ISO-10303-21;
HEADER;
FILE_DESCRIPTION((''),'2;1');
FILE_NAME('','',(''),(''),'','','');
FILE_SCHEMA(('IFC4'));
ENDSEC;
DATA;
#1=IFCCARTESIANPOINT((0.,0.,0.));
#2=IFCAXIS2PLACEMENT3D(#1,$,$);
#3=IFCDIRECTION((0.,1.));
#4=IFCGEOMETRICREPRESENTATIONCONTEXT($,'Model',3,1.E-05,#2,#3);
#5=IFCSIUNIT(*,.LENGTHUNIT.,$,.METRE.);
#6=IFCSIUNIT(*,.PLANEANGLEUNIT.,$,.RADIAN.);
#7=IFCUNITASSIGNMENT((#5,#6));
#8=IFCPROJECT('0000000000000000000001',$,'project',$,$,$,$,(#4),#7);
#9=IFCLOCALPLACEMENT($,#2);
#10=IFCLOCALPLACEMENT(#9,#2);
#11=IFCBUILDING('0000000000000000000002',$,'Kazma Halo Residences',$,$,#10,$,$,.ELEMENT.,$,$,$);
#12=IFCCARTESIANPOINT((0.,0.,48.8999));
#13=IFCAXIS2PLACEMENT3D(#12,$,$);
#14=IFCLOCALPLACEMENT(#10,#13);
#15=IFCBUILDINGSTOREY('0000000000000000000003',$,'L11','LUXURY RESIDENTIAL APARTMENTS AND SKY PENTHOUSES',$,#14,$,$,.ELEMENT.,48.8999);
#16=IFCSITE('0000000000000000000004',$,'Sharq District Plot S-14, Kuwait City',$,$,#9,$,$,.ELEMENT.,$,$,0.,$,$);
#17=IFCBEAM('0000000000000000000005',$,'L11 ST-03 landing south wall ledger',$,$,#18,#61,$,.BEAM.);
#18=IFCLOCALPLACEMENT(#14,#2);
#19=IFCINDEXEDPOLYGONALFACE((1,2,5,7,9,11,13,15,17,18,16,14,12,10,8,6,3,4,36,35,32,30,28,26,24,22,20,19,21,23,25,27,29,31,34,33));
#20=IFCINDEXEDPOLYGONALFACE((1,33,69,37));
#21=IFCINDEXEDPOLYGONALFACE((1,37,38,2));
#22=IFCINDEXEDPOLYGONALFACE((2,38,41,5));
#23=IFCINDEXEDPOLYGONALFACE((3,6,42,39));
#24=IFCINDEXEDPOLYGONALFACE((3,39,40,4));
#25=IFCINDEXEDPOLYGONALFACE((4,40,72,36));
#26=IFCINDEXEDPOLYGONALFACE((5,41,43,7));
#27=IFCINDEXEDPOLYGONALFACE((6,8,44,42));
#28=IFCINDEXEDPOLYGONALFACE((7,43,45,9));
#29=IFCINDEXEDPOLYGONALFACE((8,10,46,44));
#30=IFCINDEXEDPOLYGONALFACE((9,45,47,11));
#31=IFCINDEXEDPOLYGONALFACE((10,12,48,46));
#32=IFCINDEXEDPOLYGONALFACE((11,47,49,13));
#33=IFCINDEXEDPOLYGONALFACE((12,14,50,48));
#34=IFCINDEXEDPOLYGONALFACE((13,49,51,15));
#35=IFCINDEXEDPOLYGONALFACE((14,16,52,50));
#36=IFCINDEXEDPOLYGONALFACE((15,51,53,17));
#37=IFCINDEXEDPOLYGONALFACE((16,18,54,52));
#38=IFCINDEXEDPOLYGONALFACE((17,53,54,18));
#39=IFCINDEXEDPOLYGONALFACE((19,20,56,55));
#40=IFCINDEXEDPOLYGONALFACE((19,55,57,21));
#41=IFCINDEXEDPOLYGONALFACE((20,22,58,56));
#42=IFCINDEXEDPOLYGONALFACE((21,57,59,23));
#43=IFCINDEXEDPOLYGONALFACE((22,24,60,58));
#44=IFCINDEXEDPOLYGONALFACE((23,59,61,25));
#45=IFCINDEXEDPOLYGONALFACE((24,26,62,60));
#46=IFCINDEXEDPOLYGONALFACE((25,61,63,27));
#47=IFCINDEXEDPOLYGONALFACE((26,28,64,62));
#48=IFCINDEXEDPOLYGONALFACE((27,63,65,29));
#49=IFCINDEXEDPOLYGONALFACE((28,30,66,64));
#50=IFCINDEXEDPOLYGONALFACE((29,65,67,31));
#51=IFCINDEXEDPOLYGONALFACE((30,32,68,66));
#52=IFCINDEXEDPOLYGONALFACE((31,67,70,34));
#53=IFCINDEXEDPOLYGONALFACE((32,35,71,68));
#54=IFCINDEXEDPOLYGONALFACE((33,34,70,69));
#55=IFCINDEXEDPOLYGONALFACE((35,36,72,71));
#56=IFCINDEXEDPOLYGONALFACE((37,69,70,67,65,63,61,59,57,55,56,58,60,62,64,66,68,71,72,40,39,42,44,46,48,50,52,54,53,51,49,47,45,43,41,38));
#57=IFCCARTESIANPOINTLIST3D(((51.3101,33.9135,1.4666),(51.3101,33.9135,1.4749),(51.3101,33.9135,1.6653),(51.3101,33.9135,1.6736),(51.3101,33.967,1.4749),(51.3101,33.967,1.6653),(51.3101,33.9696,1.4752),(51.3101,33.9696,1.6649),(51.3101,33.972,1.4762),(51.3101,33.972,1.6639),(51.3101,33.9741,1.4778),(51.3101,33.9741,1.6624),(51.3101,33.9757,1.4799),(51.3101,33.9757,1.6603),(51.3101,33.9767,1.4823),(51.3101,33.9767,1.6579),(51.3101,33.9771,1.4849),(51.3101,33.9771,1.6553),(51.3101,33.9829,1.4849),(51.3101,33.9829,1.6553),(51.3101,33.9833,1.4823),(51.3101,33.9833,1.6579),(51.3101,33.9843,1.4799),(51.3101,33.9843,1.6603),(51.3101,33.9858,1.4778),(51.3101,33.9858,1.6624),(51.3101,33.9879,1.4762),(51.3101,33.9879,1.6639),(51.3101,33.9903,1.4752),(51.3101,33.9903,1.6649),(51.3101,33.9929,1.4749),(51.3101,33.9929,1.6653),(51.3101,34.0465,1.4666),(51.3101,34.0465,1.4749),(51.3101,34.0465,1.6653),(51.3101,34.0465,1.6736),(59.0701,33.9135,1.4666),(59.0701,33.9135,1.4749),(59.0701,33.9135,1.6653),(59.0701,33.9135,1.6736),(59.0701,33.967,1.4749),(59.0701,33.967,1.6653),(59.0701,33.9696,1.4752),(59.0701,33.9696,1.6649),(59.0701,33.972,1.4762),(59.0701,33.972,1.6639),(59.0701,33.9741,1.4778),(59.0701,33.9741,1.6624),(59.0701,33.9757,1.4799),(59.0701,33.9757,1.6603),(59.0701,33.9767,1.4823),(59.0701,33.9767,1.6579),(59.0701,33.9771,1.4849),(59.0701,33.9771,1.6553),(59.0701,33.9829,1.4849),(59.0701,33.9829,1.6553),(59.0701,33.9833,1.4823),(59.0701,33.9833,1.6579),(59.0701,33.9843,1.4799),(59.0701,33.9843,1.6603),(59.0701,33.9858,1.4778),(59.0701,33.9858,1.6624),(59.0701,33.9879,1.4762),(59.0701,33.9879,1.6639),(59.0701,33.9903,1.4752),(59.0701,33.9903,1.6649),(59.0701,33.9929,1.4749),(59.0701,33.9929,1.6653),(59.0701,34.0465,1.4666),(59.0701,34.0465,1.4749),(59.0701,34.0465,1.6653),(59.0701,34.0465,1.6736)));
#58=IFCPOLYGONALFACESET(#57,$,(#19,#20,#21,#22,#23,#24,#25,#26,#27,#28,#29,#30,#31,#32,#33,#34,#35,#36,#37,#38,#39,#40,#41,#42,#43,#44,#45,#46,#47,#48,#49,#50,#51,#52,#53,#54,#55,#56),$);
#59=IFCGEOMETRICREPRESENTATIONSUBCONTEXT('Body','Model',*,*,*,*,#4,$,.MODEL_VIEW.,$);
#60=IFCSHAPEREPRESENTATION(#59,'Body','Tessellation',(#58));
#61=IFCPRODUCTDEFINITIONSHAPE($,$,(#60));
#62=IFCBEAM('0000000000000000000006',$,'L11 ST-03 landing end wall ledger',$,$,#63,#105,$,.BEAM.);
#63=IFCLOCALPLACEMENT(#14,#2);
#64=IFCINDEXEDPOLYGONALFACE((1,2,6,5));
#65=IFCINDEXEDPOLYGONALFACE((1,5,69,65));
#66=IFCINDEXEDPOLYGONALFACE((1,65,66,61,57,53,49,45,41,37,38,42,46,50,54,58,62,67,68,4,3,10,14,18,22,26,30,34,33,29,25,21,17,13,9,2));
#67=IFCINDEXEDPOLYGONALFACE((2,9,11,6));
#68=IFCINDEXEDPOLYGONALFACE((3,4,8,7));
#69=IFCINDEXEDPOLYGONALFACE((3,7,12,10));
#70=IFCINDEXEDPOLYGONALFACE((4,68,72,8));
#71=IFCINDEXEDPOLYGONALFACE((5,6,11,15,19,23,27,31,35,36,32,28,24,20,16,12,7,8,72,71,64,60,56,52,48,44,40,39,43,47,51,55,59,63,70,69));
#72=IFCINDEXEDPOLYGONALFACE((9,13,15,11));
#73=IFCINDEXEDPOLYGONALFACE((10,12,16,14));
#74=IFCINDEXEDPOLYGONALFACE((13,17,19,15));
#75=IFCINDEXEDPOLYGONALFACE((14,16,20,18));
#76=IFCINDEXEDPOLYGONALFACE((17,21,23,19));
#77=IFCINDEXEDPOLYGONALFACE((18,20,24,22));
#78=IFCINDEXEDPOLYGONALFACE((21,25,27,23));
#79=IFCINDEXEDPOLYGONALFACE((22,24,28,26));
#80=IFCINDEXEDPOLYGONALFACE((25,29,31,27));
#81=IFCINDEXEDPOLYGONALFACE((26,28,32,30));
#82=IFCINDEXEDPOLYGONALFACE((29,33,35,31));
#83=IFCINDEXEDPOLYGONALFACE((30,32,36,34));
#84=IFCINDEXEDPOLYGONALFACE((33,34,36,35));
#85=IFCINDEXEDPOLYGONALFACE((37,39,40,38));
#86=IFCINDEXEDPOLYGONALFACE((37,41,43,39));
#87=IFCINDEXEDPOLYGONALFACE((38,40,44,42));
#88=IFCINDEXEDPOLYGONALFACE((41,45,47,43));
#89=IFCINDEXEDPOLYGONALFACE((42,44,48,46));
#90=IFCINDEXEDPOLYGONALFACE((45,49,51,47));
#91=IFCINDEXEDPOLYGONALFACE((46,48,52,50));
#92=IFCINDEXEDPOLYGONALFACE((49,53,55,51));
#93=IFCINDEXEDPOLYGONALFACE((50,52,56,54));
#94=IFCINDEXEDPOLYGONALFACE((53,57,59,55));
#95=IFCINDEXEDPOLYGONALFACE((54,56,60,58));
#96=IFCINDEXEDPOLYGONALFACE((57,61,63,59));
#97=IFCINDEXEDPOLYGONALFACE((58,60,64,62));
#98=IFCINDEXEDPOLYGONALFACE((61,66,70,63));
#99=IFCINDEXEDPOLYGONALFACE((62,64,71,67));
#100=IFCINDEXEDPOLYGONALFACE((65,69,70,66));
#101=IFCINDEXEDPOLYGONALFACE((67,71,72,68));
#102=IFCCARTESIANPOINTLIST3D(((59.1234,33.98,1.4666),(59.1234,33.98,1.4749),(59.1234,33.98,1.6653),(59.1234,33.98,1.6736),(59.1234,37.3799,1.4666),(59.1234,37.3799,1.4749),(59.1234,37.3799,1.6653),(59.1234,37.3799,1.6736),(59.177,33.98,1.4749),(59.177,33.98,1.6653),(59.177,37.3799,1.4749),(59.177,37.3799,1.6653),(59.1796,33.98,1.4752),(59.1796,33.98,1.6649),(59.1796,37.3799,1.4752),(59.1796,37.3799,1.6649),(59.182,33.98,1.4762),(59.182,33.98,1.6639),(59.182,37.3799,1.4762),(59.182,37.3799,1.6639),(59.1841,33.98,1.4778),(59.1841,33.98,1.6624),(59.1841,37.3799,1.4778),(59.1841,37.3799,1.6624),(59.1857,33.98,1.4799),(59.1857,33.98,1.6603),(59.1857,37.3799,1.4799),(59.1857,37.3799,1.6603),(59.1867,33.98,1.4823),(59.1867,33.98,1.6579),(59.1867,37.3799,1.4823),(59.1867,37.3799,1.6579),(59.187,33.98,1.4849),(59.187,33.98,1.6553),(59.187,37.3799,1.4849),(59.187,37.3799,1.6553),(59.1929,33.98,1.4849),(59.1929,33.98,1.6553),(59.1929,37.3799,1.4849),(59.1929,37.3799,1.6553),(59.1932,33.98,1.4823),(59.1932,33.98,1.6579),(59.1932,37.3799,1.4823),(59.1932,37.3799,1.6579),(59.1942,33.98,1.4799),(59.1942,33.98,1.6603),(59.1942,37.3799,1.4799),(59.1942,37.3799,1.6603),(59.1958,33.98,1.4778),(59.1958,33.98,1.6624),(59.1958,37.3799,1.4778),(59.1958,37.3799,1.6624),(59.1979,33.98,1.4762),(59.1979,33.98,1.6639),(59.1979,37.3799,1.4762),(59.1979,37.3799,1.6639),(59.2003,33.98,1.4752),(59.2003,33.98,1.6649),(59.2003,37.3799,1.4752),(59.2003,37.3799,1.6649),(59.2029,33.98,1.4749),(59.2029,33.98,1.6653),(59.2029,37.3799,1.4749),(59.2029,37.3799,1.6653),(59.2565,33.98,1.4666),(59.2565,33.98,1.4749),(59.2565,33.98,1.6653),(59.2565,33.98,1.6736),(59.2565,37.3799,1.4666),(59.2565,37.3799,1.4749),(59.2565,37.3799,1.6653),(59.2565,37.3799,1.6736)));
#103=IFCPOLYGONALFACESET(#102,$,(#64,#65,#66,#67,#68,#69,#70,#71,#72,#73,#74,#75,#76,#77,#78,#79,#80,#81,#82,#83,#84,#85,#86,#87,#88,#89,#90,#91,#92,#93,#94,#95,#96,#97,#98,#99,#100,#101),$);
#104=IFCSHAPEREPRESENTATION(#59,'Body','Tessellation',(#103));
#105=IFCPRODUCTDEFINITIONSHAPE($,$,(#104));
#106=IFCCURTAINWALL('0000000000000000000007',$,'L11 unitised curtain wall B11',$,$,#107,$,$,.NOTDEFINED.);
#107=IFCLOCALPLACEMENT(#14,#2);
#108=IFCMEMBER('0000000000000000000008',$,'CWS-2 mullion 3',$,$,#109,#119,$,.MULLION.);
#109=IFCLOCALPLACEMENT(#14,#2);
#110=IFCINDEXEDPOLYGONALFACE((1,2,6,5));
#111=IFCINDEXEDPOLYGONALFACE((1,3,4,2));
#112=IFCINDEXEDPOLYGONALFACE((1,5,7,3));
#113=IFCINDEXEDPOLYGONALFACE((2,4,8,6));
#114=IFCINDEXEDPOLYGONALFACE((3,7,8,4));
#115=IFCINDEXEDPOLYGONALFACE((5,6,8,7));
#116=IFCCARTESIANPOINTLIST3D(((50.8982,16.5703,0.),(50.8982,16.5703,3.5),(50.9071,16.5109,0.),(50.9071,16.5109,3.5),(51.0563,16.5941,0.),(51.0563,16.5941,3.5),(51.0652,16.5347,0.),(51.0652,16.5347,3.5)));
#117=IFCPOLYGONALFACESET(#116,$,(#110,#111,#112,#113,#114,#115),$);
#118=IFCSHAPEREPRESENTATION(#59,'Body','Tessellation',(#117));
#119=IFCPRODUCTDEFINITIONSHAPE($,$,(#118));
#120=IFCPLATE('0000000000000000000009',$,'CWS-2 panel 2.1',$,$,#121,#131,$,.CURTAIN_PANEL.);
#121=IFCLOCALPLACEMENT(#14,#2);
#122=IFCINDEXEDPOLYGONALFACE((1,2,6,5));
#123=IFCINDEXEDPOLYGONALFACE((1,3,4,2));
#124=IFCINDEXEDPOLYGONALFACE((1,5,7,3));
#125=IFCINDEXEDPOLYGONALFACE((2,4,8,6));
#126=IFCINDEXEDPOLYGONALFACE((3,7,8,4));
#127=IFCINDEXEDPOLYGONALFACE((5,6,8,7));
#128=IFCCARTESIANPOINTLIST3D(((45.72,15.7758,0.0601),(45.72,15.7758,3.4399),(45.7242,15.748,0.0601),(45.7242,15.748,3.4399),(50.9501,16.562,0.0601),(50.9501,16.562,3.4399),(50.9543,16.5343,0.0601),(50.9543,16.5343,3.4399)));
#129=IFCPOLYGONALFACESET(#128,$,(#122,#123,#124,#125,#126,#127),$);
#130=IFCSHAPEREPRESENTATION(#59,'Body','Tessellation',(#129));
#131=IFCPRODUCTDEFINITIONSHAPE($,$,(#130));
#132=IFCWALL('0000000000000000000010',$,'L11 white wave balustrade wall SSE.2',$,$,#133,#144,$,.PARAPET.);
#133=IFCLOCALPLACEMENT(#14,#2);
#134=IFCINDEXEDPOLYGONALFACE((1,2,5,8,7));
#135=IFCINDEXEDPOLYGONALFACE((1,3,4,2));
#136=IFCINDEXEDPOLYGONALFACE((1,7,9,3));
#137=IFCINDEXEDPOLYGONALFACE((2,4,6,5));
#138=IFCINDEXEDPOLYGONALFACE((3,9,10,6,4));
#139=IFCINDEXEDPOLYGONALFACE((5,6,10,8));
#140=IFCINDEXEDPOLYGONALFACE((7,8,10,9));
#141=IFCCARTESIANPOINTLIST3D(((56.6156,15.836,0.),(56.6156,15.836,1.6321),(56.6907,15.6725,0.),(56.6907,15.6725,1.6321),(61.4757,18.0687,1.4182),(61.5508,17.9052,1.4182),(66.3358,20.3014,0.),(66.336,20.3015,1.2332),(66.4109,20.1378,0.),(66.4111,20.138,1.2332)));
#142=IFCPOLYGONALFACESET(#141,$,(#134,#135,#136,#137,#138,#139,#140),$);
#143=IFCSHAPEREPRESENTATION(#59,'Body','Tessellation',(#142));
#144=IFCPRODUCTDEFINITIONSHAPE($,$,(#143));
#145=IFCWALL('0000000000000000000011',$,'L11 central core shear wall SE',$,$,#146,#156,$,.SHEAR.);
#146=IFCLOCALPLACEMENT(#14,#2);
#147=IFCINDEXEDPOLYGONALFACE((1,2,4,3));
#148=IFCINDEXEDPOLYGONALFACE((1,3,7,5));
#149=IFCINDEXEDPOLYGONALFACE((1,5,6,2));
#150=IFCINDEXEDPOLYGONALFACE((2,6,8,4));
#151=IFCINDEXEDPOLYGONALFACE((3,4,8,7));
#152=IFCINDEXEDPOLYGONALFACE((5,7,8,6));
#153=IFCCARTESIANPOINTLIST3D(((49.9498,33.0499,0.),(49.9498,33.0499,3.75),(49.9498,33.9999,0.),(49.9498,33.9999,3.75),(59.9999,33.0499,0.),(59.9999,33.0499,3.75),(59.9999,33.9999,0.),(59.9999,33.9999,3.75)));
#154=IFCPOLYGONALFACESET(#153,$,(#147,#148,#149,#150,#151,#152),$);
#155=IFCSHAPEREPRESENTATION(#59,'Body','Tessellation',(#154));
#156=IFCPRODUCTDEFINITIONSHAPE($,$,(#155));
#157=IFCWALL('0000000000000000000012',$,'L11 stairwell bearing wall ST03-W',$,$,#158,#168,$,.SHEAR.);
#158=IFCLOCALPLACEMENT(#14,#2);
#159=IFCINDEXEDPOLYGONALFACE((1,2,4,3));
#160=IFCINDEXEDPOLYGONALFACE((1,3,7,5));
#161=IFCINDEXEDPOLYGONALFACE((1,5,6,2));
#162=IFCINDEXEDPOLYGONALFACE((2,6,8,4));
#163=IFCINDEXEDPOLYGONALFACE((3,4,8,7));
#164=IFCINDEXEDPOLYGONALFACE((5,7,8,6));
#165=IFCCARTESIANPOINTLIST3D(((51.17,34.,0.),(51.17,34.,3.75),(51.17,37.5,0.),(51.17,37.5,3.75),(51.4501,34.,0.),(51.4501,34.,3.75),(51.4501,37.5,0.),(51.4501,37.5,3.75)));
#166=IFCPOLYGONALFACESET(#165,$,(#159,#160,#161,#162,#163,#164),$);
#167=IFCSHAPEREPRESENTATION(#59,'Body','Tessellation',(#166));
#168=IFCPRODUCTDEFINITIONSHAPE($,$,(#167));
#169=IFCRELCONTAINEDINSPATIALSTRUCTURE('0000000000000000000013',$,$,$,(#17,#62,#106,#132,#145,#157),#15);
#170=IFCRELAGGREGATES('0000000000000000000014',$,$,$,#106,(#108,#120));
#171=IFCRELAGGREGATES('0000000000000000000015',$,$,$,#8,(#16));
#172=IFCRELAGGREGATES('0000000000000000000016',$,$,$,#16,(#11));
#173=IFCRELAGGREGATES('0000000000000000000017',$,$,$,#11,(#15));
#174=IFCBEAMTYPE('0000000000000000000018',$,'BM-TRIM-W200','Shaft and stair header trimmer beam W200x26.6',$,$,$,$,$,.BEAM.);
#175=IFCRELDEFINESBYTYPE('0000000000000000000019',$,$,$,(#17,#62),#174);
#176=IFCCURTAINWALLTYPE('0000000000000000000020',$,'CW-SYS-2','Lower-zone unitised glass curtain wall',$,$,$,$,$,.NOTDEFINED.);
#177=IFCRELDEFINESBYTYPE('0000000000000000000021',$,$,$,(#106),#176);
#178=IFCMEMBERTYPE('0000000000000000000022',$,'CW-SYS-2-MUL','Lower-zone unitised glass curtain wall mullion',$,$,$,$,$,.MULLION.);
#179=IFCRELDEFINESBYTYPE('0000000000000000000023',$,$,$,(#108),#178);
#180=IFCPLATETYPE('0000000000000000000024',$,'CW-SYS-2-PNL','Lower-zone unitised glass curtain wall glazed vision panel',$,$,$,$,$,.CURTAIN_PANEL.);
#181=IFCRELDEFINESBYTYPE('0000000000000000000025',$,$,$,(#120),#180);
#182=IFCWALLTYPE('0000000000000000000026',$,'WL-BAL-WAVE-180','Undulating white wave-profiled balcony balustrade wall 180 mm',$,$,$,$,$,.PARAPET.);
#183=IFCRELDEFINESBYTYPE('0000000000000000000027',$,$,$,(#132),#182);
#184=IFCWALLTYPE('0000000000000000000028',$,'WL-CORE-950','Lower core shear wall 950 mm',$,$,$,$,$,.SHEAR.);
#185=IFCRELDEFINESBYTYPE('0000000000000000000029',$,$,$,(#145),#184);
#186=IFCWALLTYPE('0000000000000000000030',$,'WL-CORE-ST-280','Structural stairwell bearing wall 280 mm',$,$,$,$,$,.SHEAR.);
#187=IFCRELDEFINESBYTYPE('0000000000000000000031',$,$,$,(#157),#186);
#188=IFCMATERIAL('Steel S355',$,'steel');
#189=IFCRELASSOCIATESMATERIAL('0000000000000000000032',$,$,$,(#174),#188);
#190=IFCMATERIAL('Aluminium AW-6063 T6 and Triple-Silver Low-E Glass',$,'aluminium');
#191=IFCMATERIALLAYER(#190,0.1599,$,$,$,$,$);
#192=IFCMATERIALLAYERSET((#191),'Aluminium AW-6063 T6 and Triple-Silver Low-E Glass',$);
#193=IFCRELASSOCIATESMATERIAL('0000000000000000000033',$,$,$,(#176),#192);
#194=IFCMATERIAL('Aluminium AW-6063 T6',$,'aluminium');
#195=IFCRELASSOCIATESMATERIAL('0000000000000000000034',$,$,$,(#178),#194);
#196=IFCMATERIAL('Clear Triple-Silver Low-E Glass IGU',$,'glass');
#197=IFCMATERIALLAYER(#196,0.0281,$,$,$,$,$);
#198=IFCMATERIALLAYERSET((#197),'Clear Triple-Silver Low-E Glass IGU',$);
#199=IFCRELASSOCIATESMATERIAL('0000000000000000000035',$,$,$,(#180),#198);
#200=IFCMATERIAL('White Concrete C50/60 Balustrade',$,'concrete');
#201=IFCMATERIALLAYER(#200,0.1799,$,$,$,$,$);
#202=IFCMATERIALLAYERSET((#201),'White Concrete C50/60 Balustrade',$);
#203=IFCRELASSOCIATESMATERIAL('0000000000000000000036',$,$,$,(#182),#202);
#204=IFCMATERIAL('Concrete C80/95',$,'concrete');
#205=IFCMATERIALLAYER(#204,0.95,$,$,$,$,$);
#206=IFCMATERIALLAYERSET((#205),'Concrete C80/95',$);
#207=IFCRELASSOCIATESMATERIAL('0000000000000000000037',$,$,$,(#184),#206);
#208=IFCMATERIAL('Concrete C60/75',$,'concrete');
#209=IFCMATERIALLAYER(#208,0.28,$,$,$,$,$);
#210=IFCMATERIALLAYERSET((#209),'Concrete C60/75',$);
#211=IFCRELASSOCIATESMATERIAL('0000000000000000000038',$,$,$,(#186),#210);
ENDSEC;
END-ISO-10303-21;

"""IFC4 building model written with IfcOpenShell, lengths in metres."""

from ifc_helpers import new_model, si_unit, direction, frame, frame_2d, origin, origin_2d, place, context, subcontext, project, spatial, polyline, rectangle, i_section, outline, extrude, material, layer, layer_set, material_profile, profile_set, type_object, element, aggregate, save


model = new_model("IFC4")

# Units and contexts
model_context = context("Model", 3, precision=1e-05, world=origin(), true_north=direction((0.0, 1.0)))
body_context = subcontext(model_context, "Body", "Model", "MODEL_VIEW")
ifc_project = project(units=[si_unit("LENGTHUNIT", "METRE"), si_unit("PLANEANGLEUNIT", "RADIAN")], contexts=[model_context])

# Site, building, storey
site_placement = place(None, origin())
site = spatial("IfcSite", under=ifc_project, at=site_placement, Name="Sharq District Plot S-14, Kuwait City", CompositionType="ELEMENT", RefElevation=0.0)
building_placement = place(site_placement, origin())
building = spatial("IfcBuilding", under=site, at=building_placement, Name="Kazma Halo Residences", CompositionType="ELEMENT")
storey_placement = place(building_placement, frame((0.0, 0.0, 48.8999)))
storey = spatial("IfcBuildingStorey", under=building, at=storey_placement, Name="L11", Description="LUXURY RESIDENTIAL APARTMENTS AND SKY PENTHOUSES", CompositionType="ELEMENT", Elevation=48.8999)

# Shared definitions
ifc_material_1 = material(Name="Concrete C80/95", Category="concrete")

# Beams
ifc_material_2 = material(Name="Steel S355", Category="steel")
ifc_material_profile_1 = material_profile(ifc_material_2, i_section(OverallWidth=0.1331, OverallDepth=0.207, WebThickness=0.0059, FlangeThickness=0.0083, FilletRadius=0.01, at=origin_2d()), Name="W200x26.6")
ifc_profile_set_1 = profile_set([ifc_material_profile_1], Name="Steel S355")
beam_type_1 = type_object("IfcBeamType", Name="BM-TRIM-W200", Description="Shaft and stair header trimmer beam W200x26.6", PredefinedType="BEAM", material=ifc_profile_set_1)
beam_1_placement = place(storey_placement, frame((51.3101, 33.98, 1.5701), z_axis=(1.0, 0.0, 0.0), x_axis=(0.0, 1.0, 0.0)))
element("IfcBeam", 1, at=beam_1_placement, inside=storey, type_object=beam_type_1, Name="L11 ST-03 landing south wall ledger", PredefinedType="BEAM", context=body_context, shape_type="SweptSolid", body=[
    extrude(i_section(OverallWidth=0.1331, OverallDepth=0.207, WebThickness=0.0059, FlangeThickness=0.0083, FilletRadius=0.01, at=origin_2d()), origin(), (0.0, 0.0, 1.0), 7.76),
])
beam_2_placement = place(storey_placement, frame((59.1899, 33.98, 1.5701), z_axis=(0.0, 1.0, 0.0), x_axis=(-1.0, 0.0, 0.0)))
element("IfcBeam", 2, at=beam_2_placement, inside=storey, type_object=beam_type_1, Name="L11 ST-03 landing end wall ledger", PredefinedType="BEAM", context=body_context, shape_type="SweptSolid", body=[
    extrude(i_section(OverallWidth=0.1331, OverallDepth=0.207, WebThickness=0.0059, FlangeThickness=0.0083, FilletRadius=0.01, at=origin_2d()), origin(), (0.0, 0.0, 1.0), 3.3999),
])

# Curtain wall, member, plate
ifc_material_3 = material(Name="Aluminium AW-6063 T6 and Triple-Silver Low-E Glass", Category="aluminium")
ifc_layer_1 = layer(ifc_material_3, 0.1599)
ifc_layer_set_1 = layer_set([ifc_layer_1], Name="Aluminium AW-6063 T6 and Triple-Silver Low-E Glass")
curtain_wall_type = type_object("IfcCurtainWallType", Name="CW-SYS-2", Description="Lower-zone unitised glass curtain wall", PredefinedType="NOTDEFINED", material=ifc_layer_set_1)
curtain_wall_placement = place(storey_placement, origin())
curtain_wall = element("IfcCurtainWall", 3, at=curtain_wall_placement, inside=storey, type_object=curtain_wall_type, Name="L11 unitised curtain wall B11", PredefinedType="NOTDEFINED")
ifc_material_4 = material(Name="Aluminium AW-6063 T6", Category="aluminium")
ifc_material_profile_2 = material_profile(ifc_material_4, rectangle(XDim=0.0601, YDim=0.1599, at=origin_2d()), Name="CWM-60x160")
ifc_profile_set_2 = profile_set([ifc_material_profile_2], Name="Aluminium AW-6063 T6")
member_type = type_object("IfcMemberType", Name="CW-SYS-2-MUL", Description="Lower-zone unitised glass curtain wall mullion", PredefinedType="MULLION", material=ifc_profile_set_2)
member_placement = place(storey_placement, frame((50.9817, 16.5525, 0.0), z_axis=(0.0, 0.0, 1.0), x_axis=(-0.148657, 0.988889, 0.0)))
member = element("IfcMember", 4, at=member_placement, type_object=member_type, Name="CWS-2 mullion 3", PredefinedType="MULLION", context=body_context, shape_type="SweptSolid", body=[
    extrude(rectangle(XDim=0.0601, YDim=0.1599, at=origin_2d()), origin(), (0.0, 0.0, 1.0), 3.5),
])
ifc_material_5 = material(Name="Clear Triple-Silver Low-E Glass IGU", Category="glass")
ifc_layer_2 = layer(ifc_material_5, 0.0281)
ifc_layer_set_2 = layer_set([ifc_layer_2], Name="Clear Triple-Silver Low-E Glass IGU")
plate_type = type_object("IfcPlateType", Name="CW-SYS-2-PNL", Description="Lower-zone unitised glass curtain wall glazed vision panel", PredefinedType="CURTAIN_PANEL", material=ifc_layer_set_2)
plate_placement = place(storey_placement, frame((48.3372, 16.155, 0.0601), z_axis=(0.0, 0.0, 1.0), x_axis=(0.988889, 0.148657, 0.0)))
plate = element("IfcPlate", 5, at=plate_placement, type_object=plate_type, Name="CWS-2 panel 2.1", PredefinedType="CURTAIN_PANEL", context=body_context, shape_type="SweptSolid", body=[
    extrude(rectangle(XDim=5.2888, YDim=0.0281, at=origin_2d()), origin(), (0.0, 0.0, 1.0), 3.3799),
])
aggregate(curtain_wall, [member, plate])

# Walls
ifc_material_6 = material(Name="White Concrete C50/60 Balustrade", Category="concrete")
ifc_layer_3 = layer(ifc_material_6, 0.1799)
ifc_layer_set_3 = layer_set([ifc_layer_3], Name="White Concrete C50/60 Balustrade")
wall_type_1 = type_object("IfcWallType", Name="WL-BAL-WAVE-180", Description="Undulating white wave-profiled balcony balustrade wall 180 mm", PredefinedType="PARAPET", material=ifc_layer_set_3)
wall_1_placement = place(storey_placement, frame((56.6531, 15.7544, 0.0), z_axis=(0.0, 0.0, 1.0), x_axis=(0.908702, 0.417445, 0.0)))
element("IfcWall", 6, at=wall_1_placement, inside=storey, type_object=wall_type_1, Name="L11 white wave balustrade wall SSE.2", PredefinedType="PARAPET", context=body_context, shape_type="SweptSolid", body=[
    extrude(outline(polyline([(0.0, 0.0), (10.6968, 0.0), (10.697, 1.2332), (5.3484, 1.4182), (0.0, 1.6321), (0.0, 0.0)])), frame((0.0, 0.0898, 0.0), z_axis=(0.0, -1.0, 0.0), x_axis=(1.0, 0.0, 0.0)), (0.0, 0.0, 1.0), 0.1799),
])
ifc_layer_4 = layer(ifc_material_1, 0.95)
ifc_layer_set_4 = layer_set([ifc_layer_4], Name="Concrete C80/95")
wall_type_2 = type_object("IfcWallType", Name="WL-CORE-950", Description="Lower core shear wall 950 mm", PredefinedType="SHEAR", material=ifc_layer_set_4)
wall_2_placement = place(storey_placement, frame((49.95, 33.5249, 0.0), z_axis=(0.0, 0.0, 1.0), x_axis=(1.0, 0.0, 0.0)))
element("IfcWall", 7, at=wall_2_placement, inside=storey, type_object=wall_type_2, Name="L11 central core shear wall SE", PredefinedType="SHEAR", context=body_context, shape_type="SweptSolid", body=[
    extrude(rectangle(XDim=10.05, YDim=0.95, at=frame_2d((5.0249, 0.0))), origin(), (0.0, 0.0, 1.0), 3.75),
])
ifc_material_7 = material(Name="Concrete C60/75", Category="concrete")
ifc_layer_5 = layer(ifc_material_7, 0.28)
ifc_layer_set_5 = layer_set([ifc_layer_5], Name="Concrete C60/75")
wall_type_3 = type_object("IfcWallType", Name="WL-CORE-ST-280", Description="Structural stairwell bearing wall 280 mm", PredefinedType="SHEAR", material=ifc_layer_set_5)
wall_3_placement = place(storey_placement, frame((51.3101, 34.0, 0.0), z_axis=(0.0, 0.0, 1.0), x_axis=(0.0, 1.0, 0.0)))
element("IfcWall", 8, at=wall_3_placement, inside=storey, type_object=wall_type_3, Name="L11 stairwell bearing wall ST03-W", PredefinedType="SHEAR", context=body_context, shape_type="SweptSolid", body=[
    extrude(rectangle(XDim=3.5, YDim=0.28, at=frame_2d((1.75, 0.0))), origin(), (0.0, 0.0, 1.0), 3.75),
])

save(model, "model.ifc")
